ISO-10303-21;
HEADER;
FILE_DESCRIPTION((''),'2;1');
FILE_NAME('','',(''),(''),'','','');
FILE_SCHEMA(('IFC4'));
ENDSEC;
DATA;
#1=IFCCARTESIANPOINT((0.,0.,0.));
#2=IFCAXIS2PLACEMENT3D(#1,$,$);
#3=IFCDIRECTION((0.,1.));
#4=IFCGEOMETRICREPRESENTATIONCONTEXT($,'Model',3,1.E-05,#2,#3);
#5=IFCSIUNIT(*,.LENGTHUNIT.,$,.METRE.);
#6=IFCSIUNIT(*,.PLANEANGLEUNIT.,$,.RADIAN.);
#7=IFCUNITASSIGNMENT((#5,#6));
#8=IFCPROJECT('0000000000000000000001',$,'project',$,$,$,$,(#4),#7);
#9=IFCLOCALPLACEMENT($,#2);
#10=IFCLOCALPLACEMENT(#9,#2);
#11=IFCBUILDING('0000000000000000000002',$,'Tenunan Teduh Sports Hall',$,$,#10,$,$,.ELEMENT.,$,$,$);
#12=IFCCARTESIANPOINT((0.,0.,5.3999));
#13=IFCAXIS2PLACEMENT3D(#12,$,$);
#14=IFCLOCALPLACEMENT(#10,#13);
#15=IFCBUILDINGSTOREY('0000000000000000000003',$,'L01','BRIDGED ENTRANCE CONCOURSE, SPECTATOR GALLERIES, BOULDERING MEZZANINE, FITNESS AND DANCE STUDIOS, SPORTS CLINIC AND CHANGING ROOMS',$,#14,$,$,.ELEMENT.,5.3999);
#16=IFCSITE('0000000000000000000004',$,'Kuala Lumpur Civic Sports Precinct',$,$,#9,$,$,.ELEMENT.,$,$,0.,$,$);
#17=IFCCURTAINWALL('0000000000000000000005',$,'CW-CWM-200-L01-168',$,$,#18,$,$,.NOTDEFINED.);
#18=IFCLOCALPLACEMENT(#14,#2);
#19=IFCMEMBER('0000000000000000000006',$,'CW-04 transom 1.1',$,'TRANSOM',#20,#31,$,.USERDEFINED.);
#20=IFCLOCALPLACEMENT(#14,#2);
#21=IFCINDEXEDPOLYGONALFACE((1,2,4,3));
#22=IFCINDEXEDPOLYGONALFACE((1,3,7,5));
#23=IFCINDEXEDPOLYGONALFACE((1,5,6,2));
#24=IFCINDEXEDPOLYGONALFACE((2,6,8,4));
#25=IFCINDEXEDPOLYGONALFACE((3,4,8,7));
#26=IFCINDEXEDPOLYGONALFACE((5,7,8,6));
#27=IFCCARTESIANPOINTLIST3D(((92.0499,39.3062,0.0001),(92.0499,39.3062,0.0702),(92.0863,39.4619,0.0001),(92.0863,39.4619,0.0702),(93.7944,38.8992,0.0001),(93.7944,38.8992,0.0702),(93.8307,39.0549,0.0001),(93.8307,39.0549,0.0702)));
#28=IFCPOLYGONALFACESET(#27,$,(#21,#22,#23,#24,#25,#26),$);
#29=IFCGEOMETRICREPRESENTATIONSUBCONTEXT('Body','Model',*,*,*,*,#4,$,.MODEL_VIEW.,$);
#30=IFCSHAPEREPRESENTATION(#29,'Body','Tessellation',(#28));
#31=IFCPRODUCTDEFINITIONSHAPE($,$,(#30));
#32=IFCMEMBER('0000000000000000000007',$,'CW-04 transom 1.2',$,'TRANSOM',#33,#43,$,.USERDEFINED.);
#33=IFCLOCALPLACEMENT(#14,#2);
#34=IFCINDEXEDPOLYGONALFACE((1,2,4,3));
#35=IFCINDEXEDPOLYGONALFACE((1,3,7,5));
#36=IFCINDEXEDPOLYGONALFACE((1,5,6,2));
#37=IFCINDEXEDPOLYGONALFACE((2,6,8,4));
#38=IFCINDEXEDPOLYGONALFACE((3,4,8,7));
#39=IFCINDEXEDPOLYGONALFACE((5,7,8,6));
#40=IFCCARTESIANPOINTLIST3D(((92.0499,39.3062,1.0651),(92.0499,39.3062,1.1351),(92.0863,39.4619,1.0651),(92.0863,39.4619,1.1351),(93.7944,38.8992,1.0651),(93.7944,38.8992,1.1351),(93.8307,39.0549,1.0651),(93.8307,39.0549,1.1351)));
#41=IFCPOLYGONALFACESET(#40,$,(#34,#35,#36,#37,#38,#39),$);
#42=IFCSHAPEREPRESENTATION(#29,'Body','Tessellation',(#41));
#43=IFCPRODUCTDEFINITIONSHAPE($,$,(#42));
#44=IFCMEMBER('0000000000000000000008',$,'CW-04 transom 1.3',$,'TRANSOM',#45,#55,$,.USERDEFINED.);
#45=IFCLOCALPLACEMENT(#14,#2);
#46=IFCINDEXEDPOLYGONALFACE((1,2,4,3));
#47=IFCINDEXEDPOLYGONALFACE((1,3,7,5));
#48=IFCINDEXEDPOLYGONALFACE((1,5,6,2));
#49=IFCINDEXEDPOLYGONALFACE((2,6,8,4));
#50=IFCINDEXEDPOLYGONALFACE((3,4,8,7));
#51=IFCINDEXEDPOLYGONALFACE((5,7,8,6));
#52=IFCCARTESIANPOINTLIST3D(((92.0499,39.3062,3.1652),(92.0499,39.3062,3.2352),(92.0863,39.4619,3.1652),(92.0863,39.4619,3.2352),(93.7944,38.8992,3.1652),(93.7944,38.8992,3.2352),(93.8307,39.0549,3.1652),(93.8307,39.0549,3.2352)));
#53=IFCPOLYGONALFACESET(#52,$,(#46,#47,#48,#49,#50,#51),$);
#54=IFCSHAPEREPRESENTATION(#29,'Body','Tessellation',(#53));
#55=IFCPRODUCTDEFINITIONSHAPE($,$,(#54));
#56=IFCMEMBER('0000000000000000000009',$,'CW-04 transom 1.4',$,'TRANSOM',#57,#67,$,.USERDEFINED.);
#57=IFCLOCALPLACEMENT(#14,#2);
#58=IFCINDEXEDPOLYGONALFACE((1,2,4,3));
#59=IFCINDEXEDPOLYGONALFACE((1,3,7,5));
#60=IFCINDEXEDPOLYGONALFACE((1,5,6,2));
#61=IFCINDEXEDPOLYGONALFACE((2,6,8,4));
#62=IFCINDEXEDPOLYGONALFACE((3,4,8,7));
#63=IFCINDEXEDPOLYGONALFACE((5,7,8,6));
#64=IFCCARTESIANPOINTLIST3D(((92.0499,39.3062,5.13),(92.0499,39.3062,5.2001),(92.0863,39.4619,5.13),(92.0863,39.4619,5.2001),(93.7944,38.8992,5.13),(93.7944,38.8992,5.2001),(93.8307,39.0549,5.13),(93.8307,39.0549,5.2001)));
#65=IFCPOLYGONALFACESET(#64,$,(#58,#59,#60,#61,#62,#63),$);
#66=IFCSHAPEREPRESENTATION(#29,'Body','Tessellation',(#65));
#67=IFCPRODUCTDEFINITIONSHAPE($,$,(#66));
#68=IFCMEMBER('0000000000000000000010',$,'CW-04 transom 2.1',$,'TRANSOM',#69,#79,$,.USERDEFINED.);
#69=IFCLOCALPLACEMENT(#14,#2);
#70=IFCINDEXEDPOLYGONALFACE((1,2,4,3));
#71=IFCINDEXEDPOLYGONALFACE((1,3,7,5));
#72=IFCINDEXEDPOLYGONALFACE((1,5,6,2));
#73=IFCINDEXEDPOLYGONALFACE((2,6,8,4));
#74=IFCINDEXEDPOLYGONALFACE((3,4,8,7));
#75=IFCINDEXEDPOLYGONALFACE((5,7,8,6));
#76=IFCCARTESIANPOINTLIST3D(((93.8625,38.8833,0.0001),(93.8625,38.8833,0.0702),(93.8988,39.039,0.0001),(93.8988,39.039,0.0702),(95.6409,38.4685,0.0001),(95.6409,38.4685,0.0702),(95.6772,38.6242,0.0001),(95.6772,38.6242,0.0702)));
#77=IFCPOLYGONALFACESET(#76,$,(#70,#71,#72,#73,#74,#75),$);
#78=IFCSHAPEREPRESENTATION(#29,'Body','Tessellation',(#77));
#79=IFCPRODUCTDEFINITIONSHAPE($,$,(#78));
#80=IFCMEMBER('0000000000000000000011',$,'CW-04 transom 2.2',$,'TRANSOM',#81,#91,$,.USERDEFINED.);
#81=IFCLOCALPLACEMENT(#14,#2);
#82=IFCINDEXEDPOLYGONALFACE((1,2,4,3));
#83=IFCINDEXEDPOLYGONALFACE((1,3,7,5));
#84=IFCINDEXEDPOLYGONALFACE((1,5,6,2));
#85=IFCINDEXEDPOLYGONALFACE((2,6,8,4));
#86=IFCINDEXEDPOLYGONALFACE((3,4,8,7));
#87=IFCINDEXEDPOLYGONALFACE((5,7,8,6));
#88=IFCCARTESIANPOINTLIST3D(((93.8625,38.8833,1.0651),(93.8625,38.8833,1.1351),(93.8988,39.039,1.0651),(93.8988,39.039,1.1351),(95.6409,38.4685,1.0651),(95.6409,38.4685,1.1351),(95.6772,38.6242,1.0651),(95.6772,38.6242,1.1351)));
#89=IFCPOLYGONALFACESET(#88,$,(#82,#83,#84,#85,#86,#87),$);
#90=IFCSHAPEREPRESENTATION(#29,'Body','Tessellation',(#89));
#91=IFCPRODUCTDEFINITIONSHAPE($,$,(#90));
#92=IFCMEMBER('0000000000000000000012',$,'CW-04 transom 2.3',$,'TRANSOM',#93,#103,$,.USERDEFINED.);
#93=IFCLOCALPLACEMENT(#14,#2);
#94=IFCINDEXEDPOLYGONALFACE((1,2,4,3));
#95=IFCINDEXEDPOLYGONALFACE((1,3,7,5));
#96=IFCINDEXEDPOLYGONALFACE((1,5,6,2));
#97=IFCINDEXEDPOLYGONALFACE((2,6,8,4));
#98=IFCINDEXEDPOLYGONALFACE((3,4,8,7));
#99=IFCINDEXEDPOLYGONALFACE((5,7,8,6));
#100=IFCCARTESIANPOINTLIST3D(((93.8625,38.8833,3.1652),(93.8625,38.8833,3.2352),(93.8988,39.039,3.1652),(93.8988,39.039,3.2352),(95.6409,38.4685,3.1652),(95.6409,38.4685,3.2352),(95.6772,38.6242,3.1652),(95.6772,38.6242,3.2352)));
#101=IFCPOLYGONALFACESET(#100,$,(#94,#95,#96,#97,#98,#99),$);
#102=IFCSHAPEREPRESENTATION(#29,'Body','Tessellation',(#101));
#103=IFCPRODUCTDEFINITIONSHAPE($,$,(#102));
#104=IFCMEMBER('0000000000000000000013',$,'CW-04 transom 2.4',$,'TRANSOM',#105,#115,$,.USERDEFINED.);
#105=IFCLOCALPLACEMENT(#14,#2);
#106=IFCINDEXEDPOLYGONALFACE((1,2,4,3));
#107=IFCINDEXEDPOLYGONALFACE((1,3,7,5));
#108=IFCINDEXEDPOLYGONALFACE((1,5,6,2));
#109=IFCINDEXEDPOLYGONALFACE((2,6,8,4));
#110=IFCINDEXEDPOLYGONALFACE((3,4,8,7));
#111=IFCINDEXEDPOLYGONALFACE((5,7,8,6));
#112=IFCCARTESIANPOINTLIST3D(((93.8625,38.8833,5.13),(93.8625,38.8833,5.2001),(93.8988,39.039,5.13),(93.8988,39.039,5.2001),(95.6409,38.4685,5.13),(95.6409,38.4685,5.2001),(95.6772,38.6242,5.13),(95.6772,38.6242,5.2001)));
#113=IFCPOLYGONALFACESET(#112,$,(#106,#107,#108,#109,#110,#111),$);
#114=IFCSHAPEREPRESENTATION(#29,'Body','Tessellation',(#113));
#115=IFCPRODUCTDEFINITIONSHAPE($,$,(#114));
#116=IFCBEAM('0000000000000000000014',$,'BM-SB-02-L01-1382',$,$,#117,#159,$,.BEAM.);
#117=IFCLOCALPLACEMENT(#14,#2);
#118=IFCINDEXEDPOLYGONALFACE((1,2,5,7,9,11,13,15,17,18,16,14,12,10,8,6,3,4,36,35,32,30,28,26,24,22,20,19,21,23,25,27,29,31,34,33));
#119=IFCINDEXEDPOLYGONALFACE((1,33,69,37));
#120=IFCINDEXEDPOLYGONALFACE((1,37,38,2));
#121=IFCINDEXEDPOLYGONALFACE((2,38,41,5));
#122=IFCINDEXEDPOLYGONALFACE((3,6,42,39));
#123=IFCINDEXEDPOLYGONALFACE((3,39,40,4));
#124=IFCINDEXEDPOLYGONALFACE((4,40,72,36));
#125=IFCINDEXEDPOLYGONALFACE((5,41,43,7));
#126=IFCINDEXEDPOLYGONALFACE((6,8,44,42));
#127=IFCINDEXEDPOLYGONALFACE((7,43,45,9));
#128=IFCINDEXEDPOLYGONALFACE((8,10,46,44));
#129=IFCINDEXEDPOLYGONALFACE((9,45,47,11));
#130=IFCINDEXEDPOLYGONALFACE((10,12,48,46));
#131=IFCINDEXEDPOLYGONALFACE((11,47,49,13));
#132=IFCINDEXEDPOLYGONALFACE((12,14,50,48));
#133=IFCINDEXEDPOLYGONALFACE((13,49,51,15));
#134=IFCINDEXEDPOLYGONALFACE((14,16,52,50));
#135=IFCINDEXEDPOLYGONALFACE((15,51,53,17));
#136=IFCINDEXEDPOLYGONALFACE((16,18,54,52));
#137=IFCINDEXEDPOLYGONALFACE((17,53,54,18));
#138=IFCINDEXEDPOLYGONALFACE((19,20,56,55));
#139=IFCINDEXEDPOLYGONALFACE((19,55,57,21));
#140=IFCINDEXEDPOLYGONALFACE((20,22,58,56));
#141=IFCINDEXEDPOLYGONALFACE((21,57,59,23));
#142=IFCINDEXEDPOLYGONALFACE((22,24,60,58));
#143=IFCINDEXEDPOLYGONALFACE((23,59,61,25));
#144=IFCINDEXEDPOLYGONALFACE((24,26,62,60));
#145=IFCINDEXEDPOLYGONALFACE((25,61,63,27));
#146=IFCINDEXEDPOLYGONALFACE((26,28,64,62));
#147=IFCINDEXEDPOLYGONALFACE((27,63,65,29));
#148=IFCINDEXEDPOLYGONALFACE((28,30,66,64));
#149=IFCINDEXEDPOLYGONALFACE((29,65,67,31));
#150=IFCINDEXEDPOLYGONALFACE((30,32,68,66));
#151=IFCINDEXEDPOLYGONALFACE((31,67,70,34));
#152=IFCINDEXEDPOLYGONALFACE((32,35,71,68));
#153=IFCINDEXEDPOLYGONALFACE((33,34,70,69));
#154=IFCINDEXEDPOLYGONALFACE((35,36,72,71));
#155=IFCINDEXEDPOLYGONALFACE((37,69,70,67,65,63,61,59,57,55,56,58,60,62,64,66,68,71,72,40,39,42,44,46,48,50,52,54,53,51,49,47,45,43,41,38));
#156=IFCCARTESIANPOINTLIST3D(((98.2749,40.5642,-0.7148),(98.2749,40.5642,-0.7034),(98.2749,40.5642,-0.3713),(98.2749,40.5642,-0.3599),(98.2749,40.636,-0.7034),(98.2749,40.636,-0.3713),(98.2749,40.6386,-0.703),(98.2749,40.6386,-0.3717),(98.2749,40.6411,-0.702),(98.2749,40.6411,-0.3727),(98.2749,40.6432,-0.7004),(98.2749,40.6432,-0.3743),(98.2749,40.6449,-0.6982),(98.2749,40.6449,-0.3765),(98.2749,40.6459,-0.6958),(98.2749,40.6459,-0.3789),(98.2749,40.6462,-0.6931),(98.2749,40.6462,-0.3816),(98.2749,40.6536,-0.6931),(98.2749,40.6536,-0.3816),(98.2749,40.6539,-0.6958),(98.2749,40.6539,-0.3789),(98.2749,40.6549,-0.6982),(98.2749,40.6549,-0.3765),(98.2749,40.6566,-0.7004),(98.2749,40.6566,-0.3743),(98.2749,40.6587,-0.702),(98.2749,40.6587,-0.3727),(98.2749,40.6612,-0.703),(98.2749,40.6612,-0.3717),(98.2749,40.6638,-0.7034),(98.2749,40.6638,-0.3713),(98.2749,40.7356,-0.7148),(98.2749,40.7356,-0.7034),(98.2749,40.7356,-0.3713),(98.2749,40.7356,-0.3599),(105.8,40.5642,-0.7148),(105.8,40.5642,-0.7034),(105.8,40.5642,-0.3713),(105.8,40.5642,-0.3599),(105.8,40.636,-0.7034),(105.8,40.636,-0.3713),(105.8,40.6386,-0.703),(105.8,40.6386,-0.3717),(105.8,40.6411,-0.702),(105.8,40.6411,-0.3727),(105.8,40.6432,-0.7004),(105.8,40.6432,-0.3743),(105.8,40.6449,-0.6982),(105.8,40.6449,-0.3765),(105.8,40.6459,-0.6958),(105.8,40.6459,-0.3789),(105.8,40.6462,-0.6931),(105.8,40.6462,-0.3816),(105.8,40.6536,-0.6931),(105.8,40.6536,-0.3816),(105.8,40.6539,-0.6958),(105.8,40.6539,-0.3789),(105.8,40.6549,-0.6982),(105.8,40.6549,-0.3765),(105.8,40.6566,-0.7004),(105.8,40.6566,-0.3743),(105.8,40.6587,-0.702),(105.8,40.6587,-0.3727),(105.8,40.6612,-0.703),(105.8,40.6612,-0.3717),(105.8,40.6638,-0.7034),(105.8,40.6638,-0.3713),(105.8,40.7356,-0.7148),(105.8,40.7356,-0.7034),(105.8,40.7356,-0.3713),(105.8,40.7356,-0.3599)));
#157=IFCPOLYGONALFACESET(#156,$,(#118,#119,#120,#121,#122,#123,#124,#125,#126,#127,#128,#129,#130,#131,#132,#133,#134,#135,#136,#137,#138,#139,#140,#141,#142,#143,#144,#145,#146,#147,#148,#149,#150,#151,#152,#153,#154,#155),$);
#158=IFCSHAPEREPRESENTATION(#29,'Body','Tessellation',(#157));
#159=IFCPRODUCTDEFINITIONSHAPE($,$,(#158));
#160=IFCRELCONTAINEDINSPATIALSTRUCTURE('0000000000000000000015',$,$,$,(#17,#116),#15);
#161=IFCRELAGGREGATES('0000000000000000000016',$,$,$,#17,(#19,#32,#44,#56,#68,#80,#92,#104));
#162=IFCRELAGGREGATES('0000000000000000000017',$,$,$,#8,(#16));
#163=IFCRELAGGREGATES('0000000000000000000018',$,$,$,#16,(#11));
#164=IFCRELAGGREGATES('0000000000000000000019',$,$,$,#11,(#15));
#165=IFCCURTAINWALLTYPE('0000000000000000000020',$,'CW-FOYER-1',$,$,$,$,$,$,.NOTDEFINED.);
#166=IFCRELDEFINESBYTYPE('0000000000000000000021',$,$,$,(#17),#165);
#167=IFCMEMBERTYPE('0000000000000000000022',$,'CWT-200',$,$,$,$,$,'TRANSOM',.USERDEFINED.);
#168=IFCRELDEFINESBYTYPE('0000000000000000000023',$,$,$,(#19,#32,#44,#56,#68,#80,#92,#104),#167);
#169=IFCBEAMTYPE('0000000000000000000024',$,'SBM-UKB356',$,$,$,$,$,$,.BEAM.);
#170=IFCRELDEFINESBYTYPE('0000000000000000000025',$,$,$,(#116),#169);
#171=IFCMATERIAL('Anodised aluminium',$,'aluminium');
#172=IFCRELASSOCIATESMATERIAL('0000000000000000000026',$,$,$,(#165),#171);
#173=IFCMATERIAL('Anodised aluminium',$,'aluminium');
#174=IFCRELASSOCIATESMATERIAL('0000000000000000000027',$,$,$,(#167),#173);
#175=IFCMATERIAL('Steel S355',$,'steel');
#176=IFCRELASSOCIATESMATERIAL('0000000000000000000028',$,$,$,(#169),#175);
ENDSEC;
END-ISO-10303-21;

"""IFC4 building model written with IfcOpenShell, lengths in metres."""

from ifc_helpers import new_model, si_unit, direction, frame, origin, origin_2d, place, context, subcontext, project, spatial, rectangle, i_section, extrude, material, material_profile, profile_set, type_object, element, aggregate, save


model = new_model("IFC4")

# Units and contexts
model_context = context("Model", 3, precision=1e-05, world=origin(), true_north=direction((0.0, 1.0)))
body_context = subcontext(model_context, "Body", "Model", "MODEL_VIEW")
ifc_project = project(units=[si_unit("LENGTHUNIT", "METRE"), si_unit("PLANEANGLEUNIT", "RADIAN")], contexts=[model_context])

# Site, building, storey
site_placement = place(None, origin())
site = spatial("IfcSite", under=ifc_project, at=site_placement, Name="Kuala Lumpur Civic Sports Precinct", CompositionType="ELEMENT", RefElevation=0.0)
building_placement = place(site_placement, origin())
building = spatial("IfcBuilding", under=site, at=building_placement, Name="Tenunan Teduh Sports Hall", CompositionType="ELEMENT")
storey_placement = place(building_placement, frame((0.0, 0.0, 5.3999)))
storey = spatial("IfcBuildingStorey", under=building, at=storey_placement, Name="L01", Description="BRIDGED ENTRANCE CONCOURSE, SPECTATOR GALLERIES, BOULDERING MEZZANINE, FITNESS AND DANCE STUDIOS, SPORTS CLINIC AND CHANGING ROOMS", CompositionType="ELEMENT", Elevation=5.3999)

# Curtain wall
ifc_material_1 = material(Name="Anodised aluminium", Category="aluminium")
curtain_wall_type = type_object("IfcCurtainWallType", Name="CW-FOYER-1", PredefinedType="NOTDEFINED", material=ifc_material_1)
curtain_wall_1_placement = place(storey_placement, origin())
curtain_wall_1 = element("IfcCurtainWall", 1, at=curtain_wall_1_placement, inside=storey, type_object=curtain_wall_type, Name="CW-CWM-200-L01-168", PredefinedType="NOTDEFINED")

# Members
ifc_material_2 = material(Name="Anodised aluminium", Category="aluminium")
ifc_material_profile_1 = material_profile(ifc_material_2, rectangle(XDim=0.0701, YDim=0.1599, at=origin_2d()), Name="CWT 70x160")
ifc_profile_set_1 = profile_set([ifc_material_profile_1], Name="Anodised aluminium")
member_type_1 = type_object("IfcMemberType", Name="CWT-200", ElementType="TRANSOM", PredefinedType="USERDEFINED", material=ifc_profile_set_1)
member_1_placement = place(storey_placement, frame((92.0681, 39.384, 0.0352), z_axis=(0.973846, -0.227208, 0.0), x_axis=(0.0, 0.0, 1.0)))
member_1 = element("IfcMember", 2, at=member_1_placement, type_object=member_type_1, Name="CW-04 transom 1.1", ObjectType="TRANSOM", PredefinedType="USERDEFINED", context=body_context, shape_type="SweptSolid", body=[
    extrude(rectangle(XDim=0.0701, YDim=0.1599, at=origin_2d()), origin(), (0.0, 0.0, 1.0), 1.7913),
])
member_2_placement = place(storey_placement, frame((92.0681, 39.384, 1.1001), z_axis=(0.973846, -0.227208, 0.0), x_axis=(0.0, 0.0, 1.0)))
member_2 = element("IfcMember", 3, at=member_2_placement, type_object=member_type_1, Name="CW-04 transom 1.2", ObjectType="TRANSOM", PredefinedType="USERDEFINED", context=body_context, shape_type="SweptSolid", body=[
    extrude(rectangle(XDim=0.0701, YDim=0.1599, at=origin_2d()), origin(), (0.0, 0.0, 1.0), 1.7913),
])
member_3_placement = place(storey_placement, frame((92.0681, 39.384, 3.2002), z_axis=(0.973846, -0.227208, 0.0), x_axis=(0.0, 0.0, 1.0)))
member_3 = element("IfcMember", 4, at=member_3_placement, type_object=member_type_1, Name="CW-04 transom 1.3", ObjectType="TRANSOM", PredefinedType="USERDEFINED", context=body_context, shape_type="SweptSolid", body=[
    extrude(rectangle(XDim=0.0701, YDim=0.1599, at=origin_2d()), origin(), (0.0, 0.0, 1.0), 1.7913),
])
member_4_placement = place(storey_placement, frame((92.0681, 39.384, 5.165), z_axis=(0.973846, -0.227208, 0.0), x_axis=(0.0, 0.0, 1.0)))
member_4 = element("IfcMember", 5, at=member_4_placement, type_object=member_type_1, Name="CW-04 transom 1.4", ObjectType="TRANSOM", PredefinedType="USERDEFINED", context=body_context, shape_type="SweptSolid", body=[
    extrude(rectangle(XDim=0.0701, YDim=0.1599, at=origin_2d()), origin(), (0.0, 0.0, 1.0), 1.7913),
])
member_5_placement = place(storey_placement, frame((93.8806, 38.9612, 0.0352), z_axis=(0.973859, -0.227154, 0.0), x_axis=(0.0, 0.0, 1.0)))
member_5 = element("IfcMember", 6, at=member_5_placement, type_object=member_type_1, Name="CW-04 transom 2.1", ObjectType="TRANSOM", PredefinedType="USERDEFINED", context=body_context, shape_type="SweptSolid", body=[
    extrude(rectangle(XDim=0.0701, YDim=0.1599, at=origin_2d()), origin(), (0.0, 0.0, 1.0), 1.8262),
])
member_6_placement = place(storey_placement, frame((93.8806, 38.9612, 1.1001), z_axis=(0.973859, -0.227154, 0.0), x_axis=(0.0, 0.0, 1.0)))
member_6 = element("IfcMember", 7, at=member_6_placement, type_object=member_type_1, Name="CW-04 transom 2.2", ObjectType="TRANSOM", PredefinedType="USERDEFINED", context=body_context, shape_type="SweptSolid", body=[
    extrude(rectangle(XDim=0.0701, YDim=0.1599, at=origin_2d()), origin(), (0.0, 0.0, 1.0), 1.8262),
])
member_7_placement = place(storey_placement, frame((93.8806, 38.9612, 3.2002), z_axis=(0.973859, -0.227154, 0.0), x_axis=(0.0, 0.0, 1.0)))
member_7 = element("IfcMember", 8, at=member_7_placement, type_object=member_type_1, Name="CW-04 transom 2.3", ObjectType="TRANSOM", PredefinedType="USERDEFINED", context=body_context, shape_type="SweptSolid", body=[
    extrude(rectangle(XDim=0.0701, YDim=0.1599, at=origin_2d()), origin(), (0.0, 0.0, 1.0), 1.8262),
])
member_8_placement = place(storey_placement, frame((93.8806, 38.9612, 5.165), z_axis=(0.973859, -0.227154, 0.0), x_axis=(0.0, 0.0, 1.0)))
member_8 = element("IfcMember", 9, at=member_8_placement, type_object=member_type_1, Name="CW-04 transom 2.4", ObjectType="TRANSOM", PredefinedType="USERDEFINED", context=body_context, shape_type="SweptSolid", body=[
    extrude(rectangle(XDim=0.0701, YDim=0.1599, at=origin_2d()), origin(), (0.0, 0.0, 1.0), 1.8262),
])

# Beam
ifc_material_3 = material(Name="Steel S355", Category="steel")
ifc_material_profile_2 = material_profile(ifc_material_3, i_section(OverallWidth=0.1714, OverallDepth=0.355, WebThickness=0.0073, FlangeThickness=0.0115, FilletRadius=0.0103, at=origin_2d()), Name="UKB 356x171x51")
ifc_profile_set_2 = profile_set([ifc_material_profile_2], Name="Steel S355")
beam_type_1 = type_object("IfcBeamType", Name="SBM-UKB356", PredefinedType="BEAM", material=ifc_profile_set_2)
beam_1_placement = place(storey_placement, frame((98.2749, 40.6499, -0.5374), z_axis=(1.0, 0.0, 0.0), x_axis=(0.0, 1.0, 0.0)))
element("IfcBeam", 10, at=beam_1_placement, inside=storey, type_object=beam_type_1, Name="BM-SB-02-L01-1382", PredefinedType="BEAM", context=body_context, shape_type="SweptSolid", body=[
    extrude(i_section(OverallWidth=0.1714, OverallDepth=0.355, WebThickness=0.0073, FlangeThickness=0.0115, FilletRadius=0.0103, at=origin_2d()), origin(), (0.0, 0.0, 1.0), 7.5251),
])

aggregate(curtain_wall_1, [member_1, member_2, member_3, member_4, member_5, member_6, member_7, member_8])

save(model, "model.ifc")
